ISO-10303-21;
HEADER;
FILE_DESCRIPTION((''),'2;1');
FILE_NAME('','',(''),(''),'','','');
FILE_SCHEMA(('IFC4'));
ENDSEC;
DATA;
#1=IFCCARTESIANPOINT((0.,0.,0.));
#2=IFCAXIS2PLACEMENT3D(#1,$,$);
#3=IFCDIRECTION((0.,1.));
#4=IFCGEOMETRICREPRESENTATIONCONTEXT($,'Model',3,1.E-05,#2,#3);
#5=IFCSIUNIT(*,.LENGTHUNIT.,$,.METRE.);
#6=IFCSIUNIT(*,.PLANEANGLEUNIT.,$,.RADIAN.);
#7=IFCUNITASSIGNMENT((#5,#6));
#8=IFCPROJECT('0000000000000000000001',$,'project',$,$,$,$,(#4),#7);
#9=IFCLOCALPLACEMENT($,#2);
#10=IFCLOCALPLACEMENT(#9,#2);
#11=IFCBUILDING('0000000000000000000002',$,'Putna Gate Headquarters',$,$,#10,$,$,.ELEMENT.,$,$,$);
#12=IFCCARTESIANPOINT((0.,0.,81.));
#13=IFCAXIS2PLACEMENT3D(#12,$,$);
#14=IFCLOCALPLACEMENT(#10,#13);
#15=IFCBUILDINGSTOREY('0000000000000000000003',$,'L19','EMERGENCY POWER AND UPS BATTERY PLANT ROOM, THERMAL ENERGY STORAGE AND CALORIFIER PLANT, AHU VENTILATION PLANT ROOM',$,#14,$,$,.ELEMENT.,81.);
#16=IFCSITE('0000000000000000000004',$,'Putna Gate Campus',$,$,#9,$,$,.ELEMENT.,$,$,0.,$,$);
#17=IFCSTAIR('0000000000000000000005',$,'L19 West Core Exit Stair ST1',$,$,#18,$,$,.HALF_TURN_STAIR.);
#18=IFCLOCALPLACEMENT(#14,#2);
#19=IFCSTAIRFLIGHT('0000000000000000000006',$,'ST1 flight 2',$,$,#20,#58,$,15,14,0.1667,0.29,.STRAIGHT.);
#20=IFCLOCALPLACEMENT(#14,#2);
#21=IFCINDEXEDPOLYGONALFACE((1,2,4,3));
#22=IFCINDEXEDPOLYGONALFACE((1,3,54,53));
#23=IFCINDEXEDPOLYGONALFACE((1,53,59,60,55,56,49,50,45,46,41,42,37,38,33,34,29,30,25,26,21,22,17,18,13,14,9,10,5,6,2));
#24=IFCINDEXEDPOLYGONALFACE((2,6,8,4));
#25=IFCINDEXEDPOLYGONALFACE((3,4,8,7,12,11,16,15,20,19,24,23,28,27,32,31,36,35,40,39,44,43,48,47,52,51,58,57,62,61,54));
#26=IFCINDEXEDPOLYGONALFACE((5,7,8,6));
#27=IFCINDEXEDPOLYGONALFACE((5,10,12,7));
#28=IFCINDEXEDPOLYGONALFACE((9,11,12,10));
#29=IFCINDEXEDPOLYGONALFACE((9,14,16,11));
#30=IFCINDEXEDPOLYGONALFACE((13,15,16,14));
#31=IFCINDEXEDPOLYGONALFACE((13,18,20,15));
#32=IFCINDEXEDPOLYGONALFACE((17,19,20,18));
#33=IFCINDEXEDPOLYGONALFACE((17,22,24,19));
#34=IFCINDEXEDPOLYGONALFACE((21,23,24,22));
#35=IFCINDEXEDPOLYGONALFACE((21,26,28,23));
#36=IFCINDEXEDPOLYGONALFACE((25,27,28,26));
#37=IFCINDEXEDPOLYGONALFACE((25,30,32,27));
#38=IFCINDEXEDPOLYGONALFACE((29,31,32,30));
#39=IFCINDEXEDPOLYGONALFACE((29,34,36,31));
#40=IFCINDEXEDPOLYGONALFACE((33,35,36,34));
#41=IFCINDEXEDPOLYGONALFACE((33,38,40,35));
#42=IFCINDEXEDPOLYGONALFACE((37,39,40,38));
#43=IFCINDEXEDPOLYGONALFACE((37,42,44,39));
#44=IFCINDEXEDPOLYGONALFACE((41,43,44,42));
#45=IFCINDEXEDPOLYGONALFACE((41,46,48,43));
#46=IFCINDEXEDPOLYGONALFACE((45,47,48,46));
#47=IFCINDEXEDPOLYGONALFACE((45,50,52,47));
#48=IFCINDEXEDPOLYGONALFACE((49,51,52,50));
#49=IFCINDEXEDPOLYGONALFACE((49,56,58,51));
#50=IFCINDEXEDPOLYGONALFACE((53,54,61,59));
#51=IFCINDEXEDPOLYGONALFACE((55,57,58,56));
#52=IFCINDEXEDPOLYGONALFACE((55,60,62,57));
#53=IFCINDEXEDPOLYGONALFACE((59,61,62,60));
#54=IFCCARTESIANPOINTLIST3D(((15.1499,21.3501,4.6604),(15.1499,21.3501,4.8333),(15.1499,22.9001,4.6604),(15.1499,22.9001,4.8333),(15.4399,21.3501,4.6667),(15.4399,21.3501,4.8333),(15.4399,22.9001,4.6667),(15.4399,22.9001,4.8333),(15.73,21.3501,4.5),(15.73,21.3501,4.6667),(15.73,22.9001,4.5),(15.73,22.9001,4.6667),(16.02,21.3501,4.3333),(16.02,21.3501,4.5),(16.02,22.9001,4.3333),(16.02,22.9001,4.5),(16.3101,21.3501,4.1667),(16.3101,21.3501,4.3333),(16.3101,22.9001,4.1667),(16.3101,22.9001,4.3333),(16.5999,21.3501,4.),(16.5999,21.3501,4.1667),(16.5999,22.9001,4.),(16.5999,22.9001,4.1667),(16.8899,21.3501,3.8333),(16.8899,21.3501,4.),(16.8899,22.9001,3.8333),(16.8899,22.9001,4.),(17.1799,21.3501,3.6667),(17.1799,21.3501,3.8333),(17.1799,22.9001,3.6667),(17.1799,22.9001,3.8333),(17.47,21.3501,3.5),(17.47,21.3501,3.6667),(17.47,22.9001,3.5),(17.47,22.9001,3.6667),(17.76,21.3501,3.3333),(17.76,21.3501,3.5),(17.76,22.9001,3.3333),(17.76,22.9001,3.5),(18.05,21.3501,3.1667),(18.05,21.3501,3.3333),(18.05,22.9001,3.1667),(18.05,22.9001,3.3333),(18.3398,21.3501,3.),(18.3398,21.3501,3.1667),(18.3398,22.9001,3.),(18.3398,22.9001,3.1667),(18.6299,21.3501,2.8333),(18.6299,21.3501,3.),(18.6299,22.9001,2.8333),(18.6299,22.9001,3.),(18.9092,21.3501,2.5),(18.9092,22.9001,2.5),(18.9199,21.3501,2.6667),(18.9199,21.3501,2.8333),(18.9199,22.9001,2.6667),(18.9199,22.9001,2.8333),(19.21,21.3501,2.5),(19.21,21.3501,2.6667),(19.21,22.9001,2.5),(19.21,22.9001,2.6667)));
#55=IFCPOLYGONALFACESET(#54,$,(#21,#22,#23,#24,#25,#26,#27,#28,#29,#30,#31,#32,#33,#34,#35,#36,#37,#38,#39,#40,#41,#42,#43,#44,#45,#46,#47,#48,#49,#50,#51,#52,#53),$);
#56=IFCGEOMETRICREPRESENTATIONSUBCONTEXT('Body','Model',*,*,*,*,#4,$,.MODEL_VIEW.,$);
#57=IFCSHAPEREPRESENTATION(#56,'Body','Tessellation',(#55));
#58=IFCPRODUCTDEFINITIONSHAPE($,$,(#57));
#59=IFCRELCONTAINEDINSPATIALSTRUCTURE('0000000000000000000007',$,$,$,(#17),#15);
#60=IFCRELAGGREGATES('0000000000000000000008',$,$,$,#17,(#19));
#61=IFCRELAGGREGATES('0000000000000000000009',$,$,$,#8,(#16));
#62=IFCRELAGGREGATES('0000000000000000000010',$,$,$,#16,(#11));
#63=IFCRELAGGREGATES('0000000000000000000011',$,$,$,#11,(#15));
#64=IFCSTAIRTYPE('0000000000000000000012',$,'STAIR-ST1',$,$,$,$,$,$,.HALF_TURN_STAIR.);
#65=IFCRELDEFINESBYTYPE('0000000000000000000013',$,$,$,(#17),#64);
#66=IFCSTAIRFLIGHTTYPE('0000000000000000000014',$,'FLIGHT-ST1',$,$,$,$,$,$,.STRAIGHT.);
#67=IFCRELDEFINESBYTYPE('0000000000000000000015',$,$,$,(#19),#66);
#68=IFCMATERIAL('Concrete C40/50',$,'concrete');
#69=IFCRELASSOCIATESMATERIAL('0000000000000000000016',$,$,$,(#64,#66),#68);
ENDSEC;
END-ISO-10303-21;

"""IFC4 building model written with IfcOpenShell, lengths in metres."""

from ifc_helpers import new_model, si_unit, direction, frame, origin, place, context, subcontext, project, spatial, polyline, outline, extrude, material, type_object, element, aggregate, save


model = new_model("IFC4")

# Units and contexts
model_context = context("Model", 3, precision=1e-05, world=origin(), true_north=direction((0.0, 1.0)))
body_context = subcontext(model_context, "Body", "Model", "MODEL_VIEW")
ifc_project = project(units=[si_unit("LENGTHUNIT", "METRE"), si_unit("PLANEANGLEUNIT", "RADIAN")], contexts=[model_context])

# Site, building, storey
site_placement = place(None, origin())
site = spatial("IfcSite", under=ifc_project, at=site_placement, Name="Putna Gate Campus", CompositionType="ELEMENT", RefElevation=0.0)
building_placement = place(site_placement, origin())
building = spatial("IfcBuilding", under=site, at=building_placement, Name="Putna Gate Headquarters", CompositionType="ELEMENT")
storey_placement = place(building_placement, frame((0.0, 0.0, 81.0)))
storey = spatial("IfcBuildingStorey", under=building, at=storey_placement, Name="L19", Description="EMERGENCY POWER AND UPS BATTERY PLANT ROOM, THERMAL ENERGY STORAGE AND CALORIFIER PLANT, AHU VENTILATION PLANT ROOM", CompositionType="ELEMENT", Elevation=81.0)

# Shared definitions
ifc_material_1 = material(Name="Concrete C40/50", Category="concrete")

# Stair, stair flight
stair_type = type_object("IfcStairType", Name="STAIR-ST1", PredefinedType="HALF_TURN_STAIR", material=ifc_material_1)
stair_placement = place(storey_placement, origin())
stair = element("IfcStair", 1, at=stair_placement, inside=storey, type_object=stair_type, Name="L19 West Core Exit Stair ST1", PredefinedType="HALF_TURN_STAIR")
stair_flight_type = type_object("IfcStairFlightType", Name="FLIGHT-ST1", PredefinedType="STRAIGHT", material=ifc_material_1)
stair_flight_placement = place(storey_placement, frame((19.21, 22.125, 2.5), z_axis=(0.0, 0.0, 1.0), x_axis=(-1.0, 0.0, 0.0)))
stair_flight = element("IfcStairFlight", 2, at=stair_flight_placement, type_object=stair_flight_type, Name="ST1 flight 2", NumberOfRisers=15, NumberOfTreads=14, PredefinedType="STRAIGHT", RiserHeight=0.1667, TreadLength=0.29, context=body_context, shape_type="SweptSolid", body=[
    extrude(outline(polyline([(0.0, 0.0), (0.0, 0.1667), (0.29, 0.1667), (0.29, 0.3333), (0.5801, 0.3333), (0.5801, 0.5), (0.8701, 0.5), (0.8701, 0.6667), (1.1599, 0.6667), (1.1599, 0.8333), (1.45, 0.8333), (1.45, 1.0), (1.74, 1.0), (1.74, 1.1667), (2.03, 1.1667), (2.03, 1.3333), (2.3201, 1.3333), (2.3201, 1.5), (2.6101, 1.5), (2.6101, 1.6667), (2.8999, 1.6667), (2.8999, 1.8333), (3.1899, 1.8333), (3.1899, 2.0), (3.48, 2.0), (3.48, 2.1667), (3.77, 2.1667), (3.77, 2.3333), (4.0601, 2.3333), (4.0601, 2.5), (4.0601, 2.1604), (0.3008, 0.0), (0.0, 0.0)])), frame((0.0, 0.7749, 0.0), z_axis=(0.0, -1.0, 0.0), x_axis=(1.0, 0.0, 0.0)), (0.0, 0.0, 1.0), 1.55),
])
aggregate(stair, [stair_flight])

save(model, "model.ifc")
